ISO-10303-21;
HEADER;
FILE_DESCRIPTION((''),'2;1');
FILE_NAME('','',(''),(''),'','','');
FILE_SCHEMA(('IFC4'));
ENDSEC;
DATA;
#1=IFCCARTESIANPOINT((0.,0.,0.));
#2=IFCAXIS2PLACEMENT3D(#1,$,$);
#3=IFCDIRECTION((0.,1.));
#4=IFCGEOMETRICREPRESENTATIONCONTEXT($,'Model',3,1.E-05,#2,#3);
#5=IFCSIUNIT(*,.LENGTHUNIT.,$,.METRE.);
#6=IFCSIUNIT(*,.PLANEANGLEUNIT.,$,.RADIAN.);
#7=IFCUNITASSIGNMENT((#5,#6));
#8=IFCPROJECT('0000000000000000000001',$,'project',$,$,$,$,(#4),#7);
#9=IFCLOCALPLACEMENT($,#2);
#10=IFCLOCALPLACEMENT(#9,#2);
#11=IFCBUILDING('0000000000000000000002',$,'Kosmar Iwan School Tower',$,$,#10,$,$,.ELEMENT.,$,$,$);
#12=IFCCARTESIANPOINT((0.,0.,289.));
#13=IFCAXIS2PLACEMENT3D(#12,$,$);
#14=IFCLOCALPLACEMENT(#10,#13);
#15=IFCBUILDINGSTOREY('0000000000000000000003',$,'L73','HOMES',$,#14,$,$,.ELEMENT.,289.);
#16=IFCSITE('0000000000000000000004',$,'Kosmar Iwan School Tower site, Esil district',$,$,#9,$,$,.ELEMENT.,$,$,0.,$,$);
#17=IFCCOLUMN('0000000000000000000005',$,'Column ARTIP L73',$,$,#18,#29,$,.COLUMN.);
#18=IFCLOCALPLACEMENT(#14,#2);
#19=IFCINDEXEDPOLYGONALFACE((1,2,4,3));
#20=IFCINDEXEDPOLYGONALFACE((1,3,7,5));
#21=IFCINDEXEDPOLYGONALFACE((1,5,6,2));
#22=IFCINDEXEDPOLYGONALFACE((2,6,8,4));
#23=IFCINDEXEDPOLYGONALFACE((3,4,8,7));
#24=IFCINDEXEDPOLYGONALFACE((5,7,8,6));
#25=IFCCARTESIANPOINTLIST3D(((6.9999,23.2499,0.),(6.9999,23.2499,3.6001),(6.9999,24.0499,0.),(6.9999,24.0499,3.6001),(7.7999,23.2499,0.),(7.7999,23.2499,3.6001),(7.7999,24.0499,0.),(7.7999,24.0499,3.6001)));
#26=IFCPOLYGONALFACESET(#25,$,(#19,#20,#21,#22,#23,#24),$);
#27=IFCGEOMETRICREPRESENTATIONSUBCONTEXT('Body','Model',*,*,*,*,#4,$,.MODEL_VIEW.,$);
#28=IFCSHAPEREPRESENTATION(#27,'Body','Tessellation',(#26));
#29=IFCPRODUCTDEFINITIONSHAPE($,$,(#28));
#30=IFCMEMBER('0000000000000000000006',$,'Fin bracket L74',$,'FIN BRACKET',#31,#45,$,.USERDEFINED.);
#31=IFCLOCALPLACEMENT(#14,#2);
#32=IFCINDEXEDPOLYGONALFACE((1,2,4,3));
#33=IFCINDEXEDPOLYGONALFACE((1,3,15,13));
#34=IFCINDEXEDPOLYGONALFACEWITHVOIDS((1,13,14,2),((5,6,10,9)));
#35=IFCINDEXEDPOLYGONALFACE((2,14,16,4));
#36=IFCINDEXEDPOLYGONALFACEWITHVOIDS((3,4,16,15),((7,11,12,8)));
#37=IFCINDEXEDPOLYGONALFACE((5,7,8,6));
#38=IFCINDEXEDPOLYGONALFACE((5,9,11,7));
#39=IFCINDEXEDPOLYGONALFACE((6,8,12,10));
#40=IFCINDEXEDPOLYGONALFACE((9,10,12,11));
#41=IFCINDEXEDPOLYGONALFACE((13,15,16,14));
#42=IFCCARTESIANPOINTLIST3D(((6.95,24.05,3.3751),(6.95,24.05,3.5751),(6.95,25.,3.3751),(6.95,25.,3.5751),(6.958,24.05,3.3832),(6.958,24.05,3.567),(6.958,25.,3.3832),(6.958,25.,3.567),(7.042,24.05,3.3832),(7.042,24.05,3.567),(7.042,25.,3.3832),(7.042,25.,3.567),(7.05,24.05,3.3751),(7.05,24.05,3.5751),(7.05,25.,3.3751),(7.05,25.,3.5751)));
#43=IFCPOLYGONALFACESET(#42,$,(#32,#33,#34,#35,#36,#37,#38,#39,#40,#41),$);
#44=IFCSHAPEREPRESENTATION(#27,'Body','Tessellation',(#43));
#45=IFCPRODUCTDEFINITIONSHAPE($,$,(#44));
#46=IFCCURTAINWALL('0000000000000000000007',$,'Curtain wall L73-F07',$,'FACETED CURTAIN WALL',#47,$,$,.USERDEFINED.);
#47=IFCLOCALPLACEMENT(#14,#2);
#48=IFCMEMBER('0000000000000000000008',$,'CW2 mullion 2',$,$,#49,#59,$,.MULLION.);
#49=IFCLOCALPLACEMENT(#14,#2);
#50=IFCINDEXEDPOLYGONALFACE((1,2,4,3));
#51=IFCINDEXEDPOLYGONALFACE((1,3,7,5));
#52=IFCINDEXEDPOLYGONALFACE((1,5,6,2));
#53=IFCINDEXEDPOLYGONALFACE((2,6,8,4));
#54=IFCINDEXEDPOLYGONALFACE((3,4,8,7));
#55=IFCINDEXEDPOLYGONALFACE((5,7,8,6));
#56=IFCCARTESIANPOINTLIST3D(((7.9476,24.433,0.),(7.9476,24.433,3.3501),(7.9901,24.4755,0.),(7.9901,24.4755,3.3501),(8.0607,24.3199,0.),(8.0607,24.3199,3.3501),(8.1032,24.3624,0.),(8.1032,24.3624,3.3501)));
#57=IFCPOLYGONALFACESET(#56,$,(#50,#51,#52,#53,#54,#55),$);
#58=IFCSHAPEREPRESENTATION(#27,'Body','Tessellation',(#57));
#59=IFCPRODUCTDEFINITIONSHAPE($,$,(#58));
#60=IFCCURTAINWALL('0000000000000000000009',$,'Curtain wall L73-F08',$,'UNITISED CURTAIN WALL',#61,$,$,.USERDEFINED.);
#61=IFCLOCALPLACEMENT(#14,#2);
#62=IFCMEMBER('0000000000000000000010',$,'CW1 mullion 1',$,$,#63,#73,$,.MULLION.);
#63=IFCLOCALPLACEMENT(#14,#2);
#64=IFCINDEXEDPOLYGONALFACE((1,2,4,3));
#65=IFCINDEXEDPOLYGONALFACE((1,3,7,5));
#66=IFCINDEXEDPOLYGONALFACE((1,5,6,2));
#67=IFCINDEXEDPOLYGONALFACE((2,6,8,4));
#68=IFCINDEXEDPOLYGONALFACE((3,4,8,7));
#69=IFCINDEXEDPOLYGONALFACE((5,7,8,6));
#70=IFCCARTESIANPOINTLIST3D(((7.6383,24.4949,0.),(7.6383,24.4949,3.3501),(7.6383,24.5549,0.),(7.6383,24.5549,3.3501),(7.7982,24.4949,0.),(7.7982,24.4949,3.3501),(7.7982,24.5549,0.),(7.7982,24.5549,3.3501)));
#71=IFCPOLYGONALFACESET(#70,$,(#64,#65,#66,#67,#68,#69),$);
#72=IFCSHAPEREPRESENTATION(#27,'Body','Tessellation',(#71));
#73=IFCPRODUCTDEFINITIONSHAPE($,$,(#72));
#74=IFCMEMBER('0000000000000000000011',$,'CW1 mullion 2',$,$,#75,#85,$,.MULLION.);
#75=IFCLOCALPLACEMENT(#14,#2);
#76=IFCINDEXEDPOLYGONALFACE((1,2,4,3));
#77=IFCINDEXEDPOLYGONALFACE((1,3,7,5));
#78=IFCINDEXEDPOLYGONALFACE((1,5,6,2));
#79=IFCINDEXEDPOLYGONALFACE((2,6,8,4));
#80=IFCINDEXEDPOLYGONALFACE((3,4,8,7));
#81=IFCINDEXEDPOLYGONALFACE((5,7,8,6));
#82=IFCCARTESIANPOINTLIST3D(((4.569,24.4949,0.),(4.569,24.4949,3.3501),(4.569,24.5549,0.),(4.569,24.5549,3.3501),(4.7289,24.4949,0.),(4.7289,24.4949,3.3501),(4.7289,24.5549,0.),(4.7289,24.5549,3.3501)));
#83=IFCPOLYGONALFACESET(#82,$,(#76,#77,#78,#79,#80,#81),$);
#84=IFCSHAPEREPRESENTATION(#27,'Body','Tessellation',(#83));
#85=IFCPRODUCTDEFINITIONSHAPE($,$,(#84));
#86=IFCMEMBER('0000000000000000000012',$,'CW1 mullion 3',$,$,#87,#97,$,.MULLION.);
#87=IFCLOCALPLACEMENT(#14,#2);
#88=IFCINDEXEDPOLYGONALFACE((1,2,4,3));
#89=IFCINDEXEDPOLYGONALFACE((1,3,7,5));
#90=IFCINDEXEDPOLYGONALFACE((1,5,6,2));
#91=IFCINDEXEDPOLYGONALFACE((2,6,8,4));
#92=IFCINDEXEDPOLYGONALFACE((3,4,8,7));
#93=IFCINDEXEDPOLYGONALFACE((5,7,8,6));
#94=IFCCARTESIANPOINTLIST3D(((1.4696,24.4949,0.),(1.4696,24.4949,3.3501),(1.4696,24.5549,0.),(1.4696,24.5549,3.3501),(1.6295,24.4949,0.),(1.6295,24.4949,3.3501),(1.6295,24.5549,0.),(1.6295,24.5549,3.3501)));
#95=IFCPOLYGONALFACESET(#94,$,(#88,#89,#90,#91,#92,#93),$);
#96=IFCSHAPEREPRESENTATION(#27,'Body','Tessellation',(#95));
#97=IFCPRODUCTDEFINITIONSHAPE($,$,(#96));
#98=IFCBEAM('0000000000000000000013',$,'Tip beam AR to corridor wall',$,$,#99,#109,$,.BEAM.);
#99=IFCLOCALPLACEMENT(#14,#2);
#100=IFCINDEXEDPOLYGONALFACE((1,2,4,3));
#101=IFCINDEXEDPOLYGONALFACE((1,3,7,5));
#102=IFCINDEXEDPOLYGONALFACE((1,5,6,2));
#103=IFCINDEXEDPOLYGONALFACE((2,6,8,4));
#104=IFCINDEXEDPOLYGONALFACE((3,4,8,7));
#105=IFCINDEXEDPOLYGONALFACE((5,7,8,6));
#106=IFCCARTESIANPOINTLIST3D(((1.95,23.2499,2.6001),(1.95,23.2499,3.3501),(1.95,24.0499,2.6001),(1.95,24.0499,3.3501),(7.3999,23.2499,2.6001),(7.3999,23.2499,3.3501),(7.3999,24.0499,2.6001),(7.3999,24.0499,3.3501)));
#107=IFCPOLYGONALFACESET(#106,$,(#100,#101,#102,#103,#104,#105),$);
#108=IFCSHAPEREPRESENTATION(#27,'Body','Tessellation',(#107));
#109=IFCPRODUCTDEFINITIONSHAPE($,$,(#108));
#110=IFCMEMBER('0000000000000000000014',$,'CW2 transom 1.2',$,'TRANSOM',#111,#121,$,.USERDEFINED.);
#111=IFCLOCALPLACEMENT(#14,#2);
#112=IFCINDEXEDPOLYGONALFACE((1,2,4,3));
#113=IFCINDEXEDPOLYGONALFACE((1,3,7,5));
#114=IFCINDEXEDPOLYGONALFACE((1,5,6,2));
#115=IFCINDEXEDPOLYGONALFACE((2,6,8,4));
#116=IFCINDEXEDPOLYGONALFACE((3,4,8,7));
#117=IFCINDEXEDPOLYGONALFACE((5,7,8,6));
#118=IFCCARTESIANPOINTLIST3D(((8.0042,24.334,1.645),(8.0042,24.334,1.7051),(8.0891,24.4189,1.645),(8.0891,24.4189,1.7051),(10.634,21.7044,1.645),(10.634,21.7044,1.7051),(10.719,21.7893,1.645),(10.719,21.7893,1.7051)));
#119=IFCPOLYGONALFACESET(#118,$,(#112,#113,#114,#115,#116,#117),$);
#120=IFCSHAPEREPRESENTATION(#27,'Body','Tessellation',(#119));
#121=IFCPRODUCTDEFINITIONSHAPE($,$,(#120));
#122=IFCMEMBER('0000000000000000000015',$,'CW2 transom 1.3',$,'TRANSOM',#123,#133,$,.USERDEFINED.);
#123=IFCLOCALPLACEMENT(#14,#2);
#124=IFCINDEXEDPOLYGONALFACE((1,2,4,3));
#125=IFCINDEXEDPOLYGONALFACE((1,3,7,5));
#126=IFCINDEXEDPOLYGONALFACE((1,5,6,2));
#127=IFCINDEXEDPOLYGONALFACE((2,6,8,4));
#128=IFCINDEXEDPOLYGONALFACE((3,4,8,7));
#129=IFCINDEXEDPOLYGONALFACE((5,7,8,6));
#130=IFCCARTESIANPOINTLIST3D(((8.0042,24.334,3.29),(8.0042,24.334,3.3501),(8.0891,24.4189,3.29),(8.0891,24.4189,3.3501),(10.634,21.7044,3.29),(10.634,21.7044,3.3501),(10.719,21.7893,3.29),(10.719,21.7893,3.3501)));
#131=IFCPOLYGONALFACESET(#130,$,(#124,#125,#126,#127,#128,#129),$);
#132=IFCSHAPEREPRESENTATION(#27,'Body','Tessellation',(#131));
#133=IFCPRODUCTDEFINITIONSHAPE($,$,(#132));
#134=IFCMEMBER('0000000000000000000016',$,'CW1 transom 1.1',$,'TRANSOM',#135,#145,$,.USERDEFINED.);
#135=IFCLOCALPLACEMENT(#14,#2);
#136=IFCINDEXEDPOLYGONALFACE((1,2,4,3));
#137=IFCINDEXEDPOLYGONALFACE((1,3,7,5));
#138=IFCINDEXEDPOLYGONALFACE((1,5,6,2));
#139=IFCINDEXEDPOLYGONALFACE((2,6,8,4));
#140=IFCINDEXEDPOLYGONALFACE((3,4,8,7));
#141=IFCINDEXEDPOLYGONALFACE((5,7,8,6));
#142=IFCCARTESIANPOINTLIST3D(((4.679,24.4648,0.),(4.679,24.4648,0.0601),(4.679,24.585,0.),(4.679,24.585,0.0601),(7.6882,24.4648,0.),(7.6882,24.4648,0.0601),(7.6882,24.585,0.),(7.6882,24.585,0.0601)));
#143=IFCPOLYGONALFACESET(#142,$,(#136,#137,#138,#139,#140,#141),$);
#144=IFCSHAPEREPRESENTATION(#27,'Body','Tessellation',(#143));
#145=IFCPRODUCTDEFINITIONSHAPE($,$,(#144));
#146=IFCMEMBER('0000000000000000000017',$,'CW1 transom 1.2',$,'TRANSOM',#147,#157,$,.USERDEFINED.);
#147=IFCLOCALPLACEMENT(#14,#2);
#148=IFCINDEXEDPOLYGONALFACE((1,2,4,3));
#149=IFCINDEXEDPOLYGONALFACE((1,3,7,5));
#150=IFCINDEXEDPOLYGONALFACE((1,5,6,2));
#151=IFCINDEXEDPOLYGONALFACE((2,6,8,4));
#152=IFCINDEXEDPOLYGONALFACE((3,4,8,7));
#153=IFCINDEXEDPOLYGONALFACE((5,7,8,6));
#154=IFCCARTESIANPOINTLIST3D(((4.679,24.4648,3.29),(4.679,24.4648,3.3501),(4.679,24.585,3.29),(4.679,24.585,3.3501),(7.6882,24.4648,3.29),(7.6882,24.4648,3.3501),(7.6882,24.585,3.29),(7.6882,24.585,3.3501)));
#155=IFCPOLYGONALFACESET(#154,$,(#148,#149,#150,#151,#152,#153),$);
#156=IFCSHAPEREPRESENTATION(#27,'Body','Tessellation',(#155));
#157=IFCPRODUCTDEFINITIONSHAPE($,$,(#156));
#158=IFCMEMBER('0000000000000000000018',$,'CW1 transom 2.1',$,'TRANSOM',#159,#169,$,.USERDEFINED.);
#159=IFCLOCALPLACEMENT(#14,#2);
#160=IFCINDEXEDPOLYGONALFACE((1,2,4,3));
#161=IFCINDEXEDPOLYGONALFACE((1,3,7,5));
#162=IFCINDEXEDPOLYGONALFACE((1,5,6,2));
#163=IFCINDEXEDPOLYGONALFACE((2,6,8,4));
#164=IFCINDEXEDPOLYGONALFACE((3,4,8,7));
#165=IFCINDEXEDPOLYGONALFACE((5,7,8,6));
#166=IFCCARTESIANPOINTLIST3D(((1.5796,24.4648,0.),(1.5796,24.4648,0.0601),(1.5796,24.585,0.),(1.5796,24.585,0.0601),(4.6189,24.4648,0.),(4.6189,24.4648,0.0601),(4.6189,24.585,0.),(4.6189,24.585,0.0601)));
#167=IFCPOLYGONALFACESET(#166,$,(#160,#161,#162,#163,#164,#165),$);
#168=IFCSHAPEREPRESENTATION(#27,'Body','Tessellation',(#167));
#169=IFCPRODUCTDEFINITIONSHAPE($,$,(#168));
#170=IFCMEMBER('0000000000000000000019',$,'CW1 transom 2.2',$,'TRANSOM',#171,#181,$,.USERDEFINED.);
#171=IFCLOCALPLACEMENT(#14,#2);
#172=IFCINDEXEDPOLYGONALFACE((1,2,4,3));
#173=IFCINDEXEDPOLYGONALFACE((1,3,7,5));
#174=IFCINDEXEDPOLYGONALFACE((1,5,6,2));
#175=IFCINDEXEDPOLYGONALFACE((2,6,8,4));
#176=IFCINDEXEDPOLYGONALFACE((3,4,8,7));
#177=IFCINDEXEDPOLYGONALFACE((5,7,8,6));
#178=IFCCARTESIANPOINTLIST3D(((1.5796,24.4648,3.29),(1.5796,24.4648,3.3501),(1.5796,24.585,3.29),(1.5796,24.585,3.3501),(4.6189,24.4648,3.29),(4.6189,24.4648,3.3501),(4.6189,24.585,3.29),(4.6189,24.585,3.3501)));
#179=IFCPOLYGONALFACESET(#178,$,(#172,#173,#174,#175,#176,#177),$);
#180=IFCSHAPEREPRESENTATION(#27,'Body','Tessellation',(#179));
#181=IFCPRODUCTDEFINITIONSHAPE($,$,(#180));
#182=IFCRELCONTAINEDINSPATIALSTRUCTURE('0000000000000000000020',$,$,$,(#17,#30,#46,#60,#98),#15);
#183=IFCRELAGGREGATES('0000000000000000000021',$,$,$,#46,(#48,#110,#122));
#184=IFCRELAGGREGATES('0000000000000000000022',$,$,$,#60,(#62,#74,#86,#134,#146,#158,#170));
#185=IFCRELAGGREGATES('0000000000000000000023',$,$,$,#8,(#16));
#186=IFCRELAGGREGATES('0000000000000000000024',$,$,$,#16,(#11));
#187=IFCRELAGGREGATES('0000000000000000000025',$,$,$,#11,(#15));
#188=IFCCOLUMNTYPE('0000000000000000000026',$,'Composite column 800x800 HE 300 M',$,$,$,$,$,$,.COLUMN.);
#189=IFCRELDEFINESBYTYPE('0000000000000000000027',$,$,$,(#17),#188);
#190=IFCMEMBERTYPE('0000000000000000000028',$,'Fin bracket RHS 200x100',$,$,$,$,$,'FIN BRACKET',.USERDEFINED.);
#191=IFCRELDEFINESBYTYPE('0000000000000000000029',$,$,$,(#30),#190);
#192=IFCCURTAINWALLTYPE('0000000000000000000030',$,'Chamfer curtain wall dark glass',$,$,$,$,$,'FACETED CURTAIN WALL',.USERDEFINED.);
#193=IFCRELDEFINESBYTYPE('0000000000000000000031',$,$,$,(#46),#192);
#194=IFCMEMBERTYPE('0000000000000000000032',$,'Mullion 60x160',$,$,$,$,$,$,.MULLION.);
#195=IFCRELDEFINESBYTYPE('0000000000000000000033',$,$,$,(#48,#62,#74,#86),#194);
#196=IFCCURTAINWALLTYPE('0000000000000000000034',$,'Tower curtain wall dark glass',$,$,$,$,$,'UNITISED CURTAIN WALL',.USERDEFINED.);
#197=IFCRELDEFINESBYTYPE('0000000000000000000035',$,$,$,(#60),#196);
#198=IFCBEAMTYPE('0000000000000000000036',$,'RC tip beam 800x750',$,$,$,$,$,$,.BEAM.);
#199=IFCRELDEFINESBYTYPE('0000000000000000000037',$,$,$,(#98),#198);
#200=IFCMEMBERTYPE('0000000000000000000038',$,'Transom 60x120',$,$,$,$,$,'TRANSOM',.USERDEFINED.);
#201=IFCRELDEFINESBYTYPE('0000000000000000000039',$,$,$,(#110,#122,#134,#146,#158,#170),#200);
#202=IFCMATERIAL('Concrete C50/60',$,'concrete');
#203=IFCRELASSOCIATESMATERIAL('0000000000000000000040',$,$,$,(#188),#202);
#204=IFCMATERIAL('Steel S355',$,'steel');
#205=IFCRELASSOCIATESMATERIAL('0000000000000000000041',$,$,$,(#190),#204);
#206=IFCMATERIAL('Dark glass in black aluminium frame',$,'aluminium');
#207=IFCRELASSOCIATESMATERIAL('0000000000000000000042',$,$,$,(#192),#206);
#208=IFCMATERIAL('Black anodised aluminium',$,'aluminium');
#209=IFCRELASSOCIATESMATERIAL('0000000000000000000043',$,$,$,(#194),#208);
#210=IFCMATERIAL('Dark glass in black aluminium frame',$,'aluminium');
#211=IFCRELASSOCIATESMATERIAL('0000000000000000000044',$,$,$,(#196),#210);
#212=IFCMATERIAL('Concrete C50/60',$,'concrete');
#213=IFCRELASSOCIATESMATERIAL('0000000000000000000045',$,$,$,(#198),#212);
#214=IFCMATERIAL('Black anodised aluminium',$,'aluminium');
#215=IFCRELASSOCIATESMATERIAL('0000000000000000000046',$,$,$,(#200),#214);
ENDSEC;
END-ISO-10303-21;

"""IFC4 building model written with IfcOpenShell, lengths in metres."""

from ifc_helpers import new_model, si_unit, direction, frame, origin, origin_2d, place, context, subcontext, project, spatial, rectangle, hollow_rectangle, extrude, material, material_profile, profile_set, type_object, element, aggregate, save


model = new_model("IFC4")

# Units and contexts
model_context = context("Model", 3, precision=1e-05, world=origin(), true_north=direction((0.0, 1.0)))
body_context = subcontext(model_context, "Body", "Model", "MODEL_VIEW")
ifc_project = project(units=[si_unit("LENGTHUNIT", "METRE"), si_unit("PLANEANGLEUNIT", "RADIAN")], contexts=[model_context])

# Site, building, storey
site_placement = place(None, origin())
site = spatial("IfcSite", under=ifc_project, at=site_placement, Name="Kosmar Iwan School Tower site, Esil district", CompositionType="ELEMENT", RefElevation=0.0)
building_placement = place(site_placement, origin())
building = spatial("IfcBuilding", under=site, at=building_placement, Name="Kosmar Iwan School Tower", CompositionType="ELEMENT")
storey_placement = place(building_placement, frame((0.0, 0.0, 289.0)))
storey = spatial("IfcBuildingStorey", under=building, at=storey_placement, Name="L73", Description="HOMES", CompositionType="ELEMENT", Elevation=289.0)

# Column
ifc_material_1 = material(Name="Concrete C50/60", Category="concrete")
ifc_material_profile_1 = material_profile(ifc_material_1, rectangle(XDim=0.8, YDim=0.8, at=origin_2d()), Name="RC 800x800 + HE 300 M")
ifc_profile_set_1 = profile_set([ifc_material_profile_1], Name="Concrete C50/60")
column_type = type_object("IfcColumnType", Name="Composite column 800x800 HE 300 M", PredefinedType="COLUMN", material=ifc_profile_set_1)
column_placement = place(storey_placement, frame((7.3999, 23.6499, 0.0), z_axis=(0.0, 0.0, 1.0), x_axis=(0.0, 1.0, 0.0)))
element("IfcColumn", 1, at=column_placement, inside=storey, type_object=column_type, Name="Column ARTIP L73", PredefinedType="COLUMN", context=body_context, shape_type="SweptSolid", body=[
    extrude(rectangle(XDim=0.8, YDim=0.8, at=origin_2d()), origin(), (0.0, 0.0, 1.0), 3.6001),
])

# Member
ifc_material_2 = material(Name="Steel S355", Category="steel")
ifc_material_profile_2 = material_profile(ifc_material_2, hollow_rectangle(XDim=0.1001, YDim=0.2, WallThickness=0.0081, at=origin_2d()), Name="RHS 200x100x8")
ifc_profile_set_2 = profile_set([ifc_material_profile_2], Name="Steel S355")
member_type_1 = type_object("IfcMemberType", Name="Fin bracket RHS 200x100", ElementType="FIN BRACKET", PredefinedType="USERDEFINED", material=ifc_profile_set_2)
member_1_placement = place(storey_placement, frame((7.0, 24.05, 3.4751), z_axis=(0.0, 1.0, 0.0), x_axis=(-1.0, 0.0, 0.0)))
element("IfcMember", 2, at=member_1_placement, inside=storey, type_object=member_type_1, Name="Fin bracket L74", ObjectType="FIN BRACKET", PredefinedType="USERDEFINED", context=body_context, shape_type="SweptSolid", body=[
    extrude(hollow_rectangle(XDim=0.1001, YDim=0.2, WallThickness=0.0081, at=origin_2d()), origin(), (0.0, 0.0, 1.0), 0.95),
])

# Curtain wall, member
ifc_material_3 = material(Name="Dark glass in black aluminium frame", Category="aluminium")
curtain_wall_type_1 = type_object("IfcCurtainWallType", Name="Chamfer curtain wall dark glass", ElementType="FACETED CURTAIN WALL", PredefinedType="USERDEFINED", material=ifc_material_3)
curtain_wall_1_placement = place(storey_placement, origin())
curtain_wall_1 = element("IfcCurtainWall", 3, at=curtain_wall_1_placement, inside=storey, type_object=curtain_wall_type_1, Name="Curtain wall L73-F07", ObjectType="FACETED CURTAIN WALL", PredefinedType="USERDEFINED")
ifc_material_4 = material(Name="Black anodised aluminium", Category="aluminium")
ifc_material_profile_3 = material_profile(ifc_material_4, rectangle(XDim=0.0601, YDim=0.1599, at=origin_2d()), Name="MULLION 60x160")
ifc_profile_set_3 = profile_set([ifc_material_profile_3], Name="Black anodised aluminium")
member_type_2 = type_object("IfcMemberType", Name="Mullion 60x160", PredefinedType="MULLION", material=ifc_profile_set_3)
member_2_placement = place(storey_placement, frame((8.0254, 24.3977, 0.0), z_axis=(0.0, 0.0, 1.0), x_axis=(-0.707107, -0.707107, 0.0)))
member_2 = element("IfcMember", 4, at=member_2_placement, type_object=member_type_2, Name="CW2 mullion 2", PredefinedType="MULLION", context=body_context, shape_type="SweptSolid", body=[
    extrude(rectangle(XDim=0.0601, YDim=0.1599, at=origin_2d()), origin(), (0.0, 0.0, 1.0), 3.3501),
])

# Curtain wall, members
ifc_material_5 = material(Name="Dark glass in black aluminium frame", Category="aluminium")
curtain_wall_type_2 = type_object("IfcCurtainWallType", Name="Tower curtain wall dark glass", ElementType="UNITISED CURTAIN WALL", PredefinedType="USERDEFINED", material=ifc_material_5)
curtain_wall_2_placement = place(storey_placement, origin())
curtain_wall_2 = element("IfcCurtainWall", 5, at=curtain_wall_2_placement, inside=storey, type_object=curtain_wall_type_2, Name="Curtain wall L73-F08", ObjectType="UNITISED CURTAIN WALL", PredefinedType="USERDEFINED")
member_3_placement = place(storey_placement, frame((7.7183, 24.5249, 0.0), z_axis=(0.0, 0.0, 1.0), x_axis=(0.0, -1.0, 0.0)))
member_3 = element("IfcMember", 6, at=member_3_placement, type_object=member_type_2, Name="CW1 mullion 1", PredefinedType="MULLION", context=body_context, shape_type="SweptSolid", body=[
    extrude(rectangle(XDim=0.0601, YDim=0.1599, at=origin_2d()), origin(), (0.0, 0.0, 1.0), 3.3501),
])
member_4_placement = place(storey_placement, frame((4.6489, 24.5249, 0.0), z_axis=(0.0, 0.0, 1.0), x_axis=(0.0, -1.0, 0.0)))
member_4 = element("IfcMember", 7, at=member_4_placement, type_object=member_type_2, Name="CW1 mullion 2", PredefinedType="MULLION", context=body_context, shape_type="SweptSolid", body=[
    extrude(rectangle(XDim=0.0601, YDim=0.1599, at=origin_2d()), origin(), (0.0, 0.0, 1.0), 3.3501),
])
member_5_placement = place(storey_placement, frame((1.5496, 24.5249, 0.0), z_axis=(0.0, 0.0, 1.0), x_axis=(0.0, -1.0, 0.0)))
member_5 = element("IfcMember", 8, at=member_5_placement, type_object=member_type_2, Name="CW1 mullion 3", PredefinedType="MULLION", context=body_context, shape_type="SweptSolid", body=[
    extrude(rectangle(XDim=0.0601, YDim=0.1599, at=origin_2d()), origin(), (0.0, 0.0, 1.0), 3.3501),
])

# Beam
ifc_material_6 = material(Name="Concrete C50/60", Category="concrete")
ifc_material_profile_4 = material_profile(ifc_material_6, rectangle(XDim=0.8, YDim=0.75, at=origin_2d()), Name="RC 800x750")
ifc_profile_set_4 = profile_set([ifc_material_profile_4], Name="Concrete C50/60")
beam_type = type_object("IfcBeamType", Name="RC tip beam 800x750", PredefinedType="BEAM", material=ifc_profile_set_4)
beam_placement = place(storey_placement, frame((7.3999, 23.6499, 2.9751), z_axis=(-1.0, 0.0, 0.0), x_axis=(0.0, -1.0, 0.0)))
element("IfcBeam", 9, at=beam_placement, inside=storey, type_object=beam_type, Name="Tip beam AR to corridor wall", PredefinedType="BEAM", context=body_context, shape_type="SweptSolid", body=[
    extrude(rectangle(XDim=0.8, YDim=0.75, at=origin_2d()), origin(), (0.0, 0.0, 1.0), 5.45),
])

# Members
ifc_material_7 = material(Name="Black anodised aluminium", Category="aluminium")
ifc_material_profile_5 = material_profile(ifc_material_7, rectangle(XDim=0.1201, YDim=0.0601, at=origin_2d()), Name="TRANSOM 60x120")
ifc_profile_set_5 = profile_set([ifc_material_profile_5], Name="Black anodised aluminium")
member_type_3 = type_object("IfcMemberType", Name="Transom 60x120", ElementType="TRANSOM", PredefinedType="USERDEFINED", material=ifc_profile_set_5)
member_6_placement = place(storey_placement, frame((10.6765, 21.7468, 1.675), z_axis=(-0.70714, 0.707074, 0.0), x_axis=(-0.707074, -0.70714, 0.0)))
member_6 = element("IfcMember", 10, at=member_6_placement, type_object=member_type_3, Name="CW2 transom 1.2", ObjectType="TRANSOM", PredefinedType="USERDEFINED", context=body_context, shape_type="SweptSolid", body=[
    extrude(rectangle(XDim=0.1201, YDim=0.0601, at=origin_2d()), origin(), (0.0, 0.0, 1.0), 3.719),
])
member_7_placement = place(storey_placement, frame((10.6765, 21.7468, 3.3201), z_axis=(-0.70714, 0.707074, 0.0), x_axis=(-0.707074, -0.70714, 0.0)))
member_7 = element("IfcMember", 11, at=member_7_placement, type_object=member_type_3, Name="CW2 transom 1.3", ObjectType="TRANSOM", PredefinedType="USERDEFINED", context=body_context, shape_type="SweptSolid", body=[
    extrude(rectangle(XDim=0.1201, YDim=0.0601, at=origin_2d()), origin(), (0.0, 0.0, 1.0), 3.719),
])
member_8_placement = place(storey_placement, frame((7.6882, 24.5249, 0.03), z_axis=(-1.0, 0.0, 0.0), x_axis=(0.0, -1.0, 0.0)))
member_8 = element("IfcMember", 12, at=member_8_placement, type_object=member_type_3, Name="CW1 transom 1.1", ObjectType="TRANSOM", PredefinedType="USERDEFINED", context=body_context, shape_type="SweptSolid", body=[
    extrude(rectangle(XDim=0.1201, YDim=0.0601, at=origin_2d()), origin(), (0.0, 0.0, 1.0), 3.0093),
])
member_9_placement = place(storey_placement, frame((7.6882, 24.5249, 3.3201), z_axis=(-1.0, 0.0, 0.0), x_axis=(0.0, -1.0, 0.0)))
member_9 = element("IfcMember", 13, at=member_9_placement, type_object=member_type_3, Name="CW1 transom 1.2", ObjectType="TRANSOM", PredefinedType="USERDEFINED", context=body_context, shape_type="SweptSolid", body=[
    extrude(rectangle(XDim=0.1201, YDim=0.0601, at=origin_2d()), origin(), (0.0, 0.0, 1.0), 3.0093),
])
member_10_placement = place(storey_placement, frame((4.6189, 24.5249, 0.03), z_axis=(-1.0, 0.0, 0.0), x_axis=(0.0, -1.0, 0.0)))
member_10 = element("IfcMember", 14, at=member_10_placement, type_object=member_type_3, Name="CW1 transom 2.1", ObjectType="TRANSOM", PredefinedType="USERDEFINED", context=body_context, shape_type="SweptSolid", body=[
    extrude(rectangle(XDim=0.1201, YDim=0.0601, at=origin_2d()), origin(), (0.0, 0.0, 1.0), 3.0393),
])
member_11_placement = place(storey_placement, frame((4.6189, 24.5249, 3.3201), z_axis=(-1.0, 0.0, 0.0), x_axis=(0.0, -1.0, 0.0)))
member_11 = element("IfcMember", 15, at=member_11_placement, type_object=member_type_3, Name="CW1 transom 2.2", ObjectType="TRANSOM", PredefinedType="USERDEFINED", context=body_context, shape_type="SweptSolid", body=[
    extrude(rectangle(XDim=0.1201, YDim=0.0601, at=origin_2d()), origin(), (0.0, 0.0, 1.0), 3.0393),
])

aggregate(curtain_wall_1, [member_2, member_6, member_7])
aggregate(curtain_wall_2, [member_3, member_4, member_5, member_8, member_9, member_10, member_11])

save(model, "model.ifc")
